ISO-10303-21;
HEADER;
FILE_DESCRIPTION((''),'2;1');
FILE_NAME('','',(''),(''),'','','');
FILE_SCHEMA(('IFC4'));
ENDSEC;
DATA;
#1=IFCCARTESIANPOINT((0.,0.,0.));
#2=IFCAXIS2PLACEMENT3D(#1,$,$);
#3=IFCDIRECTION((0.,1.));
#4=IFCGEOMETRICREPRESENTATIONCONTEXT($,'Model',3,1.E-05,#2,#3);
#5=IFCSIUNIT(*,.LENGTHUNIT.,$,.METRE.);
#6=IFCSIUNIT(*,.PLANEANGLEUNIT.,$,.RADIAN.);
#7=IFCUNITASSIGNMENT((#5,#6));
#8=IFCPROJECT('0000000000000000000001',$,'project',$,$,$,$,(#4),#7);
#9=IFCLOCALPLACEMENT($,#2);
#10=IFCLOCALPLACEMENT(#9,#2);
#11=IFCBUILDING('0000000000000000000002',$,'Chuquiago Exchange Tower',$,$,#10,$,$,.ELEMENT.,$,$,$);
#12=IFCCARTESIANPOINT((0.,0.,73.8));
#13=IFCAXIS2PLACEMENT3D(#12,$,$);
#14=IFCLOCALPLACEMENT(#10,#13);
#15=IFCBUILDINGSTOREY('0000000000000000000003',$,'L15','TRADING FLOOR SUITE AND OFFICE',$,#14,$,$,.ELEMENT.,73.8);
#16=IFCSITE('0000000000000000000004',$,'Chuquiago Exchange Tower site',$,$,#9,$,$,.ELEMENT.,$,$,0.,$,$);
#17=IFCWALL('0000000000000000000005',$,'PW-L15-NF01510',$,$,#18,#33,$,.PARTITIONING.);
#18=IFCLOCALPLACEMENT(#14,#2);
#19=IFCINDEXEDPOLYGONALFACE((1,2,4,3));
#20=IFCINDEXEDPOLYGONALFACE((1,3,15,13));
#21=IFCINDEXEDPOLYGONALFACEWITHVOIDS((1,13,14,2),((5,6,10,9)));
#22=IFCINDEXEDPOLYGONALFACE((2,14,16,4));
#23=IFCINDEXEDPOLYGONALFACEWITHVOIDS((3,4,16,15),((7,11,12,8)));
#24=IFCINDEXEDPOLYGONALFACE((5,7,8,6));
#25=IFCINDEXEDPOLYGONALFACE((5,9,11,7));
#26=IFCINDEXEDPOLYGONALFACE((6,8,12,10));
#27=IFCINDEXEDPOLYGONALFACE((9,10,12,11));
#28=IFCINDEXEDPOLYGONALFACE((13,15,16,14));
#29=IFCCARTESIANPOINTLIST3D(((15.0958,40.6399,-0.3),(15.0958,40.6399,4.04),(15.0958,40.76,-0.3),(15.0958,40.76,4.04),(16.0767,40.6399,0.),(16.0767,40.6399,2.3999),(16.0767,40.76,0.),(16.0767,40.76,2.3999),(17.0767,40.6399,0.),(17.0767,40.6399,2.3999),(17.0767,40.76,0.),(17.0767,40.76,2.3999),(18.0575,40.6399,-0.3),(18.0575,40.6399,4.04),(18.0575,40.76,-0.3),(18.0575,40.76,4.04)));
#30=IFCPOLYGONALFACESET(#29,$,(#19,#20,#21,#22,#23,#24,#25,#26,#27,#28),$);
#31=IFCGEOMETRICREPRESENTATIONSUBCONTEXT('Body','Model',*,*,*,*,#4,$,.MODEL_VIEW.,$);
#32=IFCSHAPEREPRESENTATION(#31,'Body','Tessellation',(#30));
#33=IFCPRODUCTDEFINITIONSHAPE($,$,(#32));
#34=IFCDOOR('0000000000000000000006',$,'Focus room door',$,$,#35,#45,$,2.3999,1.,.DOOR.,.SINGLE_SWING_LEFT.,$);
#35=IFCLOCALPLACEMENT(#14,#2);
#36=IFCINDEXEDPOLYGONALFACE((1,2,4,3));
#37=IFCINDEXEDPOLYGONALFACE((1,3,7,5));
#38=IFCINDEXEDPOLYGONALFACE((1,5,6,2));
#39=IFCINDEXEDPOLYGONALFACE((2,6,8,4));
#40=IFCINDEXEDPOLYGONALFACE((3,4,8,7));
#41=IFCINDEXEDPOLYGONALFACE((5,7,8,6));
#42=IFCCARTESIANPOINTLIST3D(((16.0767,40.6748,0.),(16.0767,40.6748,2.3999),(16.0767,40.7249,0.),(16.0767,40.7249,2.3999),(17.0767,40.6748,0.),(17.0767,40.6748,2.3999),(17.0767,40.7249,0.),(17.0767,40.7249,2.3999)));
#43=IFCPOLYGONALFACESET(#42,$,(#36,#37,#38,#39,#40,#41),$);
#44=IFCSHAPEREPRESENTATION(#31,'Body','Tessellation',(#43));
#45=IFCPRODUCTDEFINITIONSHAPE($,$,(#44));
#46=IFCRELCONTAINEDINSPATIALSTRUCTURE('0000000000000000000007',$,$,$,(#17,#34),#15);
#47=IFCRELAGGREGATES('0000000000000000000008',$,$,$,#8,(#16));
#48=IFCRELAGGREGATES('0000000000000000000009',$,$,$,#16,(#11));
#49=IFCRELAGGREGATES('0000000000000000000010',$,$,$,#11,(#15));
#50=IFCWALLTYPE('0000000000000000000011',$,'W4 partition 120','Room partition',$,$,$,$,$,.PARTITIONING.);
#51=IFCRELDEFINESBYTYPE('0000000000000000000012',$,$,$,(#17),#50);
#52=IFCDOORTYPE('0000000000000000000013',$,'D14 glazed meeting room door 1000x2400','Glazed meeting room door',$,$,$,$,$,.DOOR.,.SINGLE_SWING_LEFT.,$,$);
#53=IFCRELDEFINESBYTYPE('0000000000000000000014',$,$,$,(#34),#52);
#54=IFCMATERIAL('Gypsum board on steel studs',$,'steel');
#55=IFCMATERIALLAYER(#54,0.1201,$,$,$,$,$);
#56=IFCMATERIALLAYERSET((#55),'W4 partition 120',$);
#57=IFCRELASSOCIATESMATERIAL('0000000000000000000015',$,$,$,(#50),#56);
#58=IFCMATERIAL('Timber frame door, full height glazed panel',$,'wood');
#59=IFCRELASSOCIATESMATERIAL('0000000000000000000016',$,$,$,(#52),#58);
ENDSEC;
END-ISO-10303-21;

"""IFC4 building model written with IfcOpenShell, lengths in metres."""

from ifc_helpers import new_model, si_unit, direction, frame, frame_2d, origin, place, context, subcontext, project, spatial, rectangle, extrude, material, layer, layer_set, type_object, element, fill, save


model = new_model("IFC4")

# Units and contexts
model_context = context("Model", 3, precision=1e-05, world=origin(), true_north=direction((0.0, 1.0)))
body_context = subcontext(model_context, "Body", "Model", "MODEL_VIEW")
ifc_project = project(units=[si_unit("LENGTHUNIT", "METRE"), si_unit("PLANEANGLEUNIT", "RADIAN")], contexts=[model_context])

# Site, building, storey
site_placement = place(None, origin())
site = spatial("IfcSite", under=ifc_project, at=site_placement, Name="Chuquiago Exchange Tower site", CompositionType="ELEMENT", RefElevation=0.0)
building_placement = place(site_placement, origin())
building = spatial("IfcBuilding", under=site, at=building_placement, Name="Chuquiago Exchange Tower", CompositionType="ELEMENT")
storey_placement = place(building_placement, frame((0.0, 0.0, 73.8)))
storey = spatial("IfcBuildingStorey", under=building, at=storey_placement, Name="L15", Description="TRADING FLOOR SUITE AND OFFICE", CompositionType="ELEMENT", Elevation=73.8)

# Shared definitions
ifc_material_1 = material(Name="Gypsum board on steel studs", Category="steel")
ifc_layer_1 = layer(ifc_material_1, 0.1201)
ifc_layer_set_1 = layer_set([ifc_layer_1], Name="W4 partition 120")
wall_type_1 = type_object("IfcWallType", Name="W4 partition 120", Description="Room partition", PredefinedType="PARTITIONING", material=ifc_layer_set_1)

# Wall, opening, door
wall_1_placement = place(storey_placement, frame((15.0957, 40.7, -0.3), z_axis=(0.0, 0.0, 1.0), x_axis=(1.0, 0.0, 0.0)))
wall_1 = element("IfcWall", 1, at=wall_1_placement, inside=storey, type_object=wall_type_1, Name="PW-L15-NF01510", PredefinedType="PARTITIONING", context=body_context, shape_type="SweptSolid", body=[
    extrude(rectangle(XDim=2.9617, YDim=0.1201, at=frame_2d((1.481, 0.0))), origin(), (0.0, 0.0, 1.0), 4.3401),
])
opening_1_placement = place(wall_1_placement, frame((0.981, 0.0, 0.3)))
opening_1 = element("IfcOpeningElement", 2, at=opening_1_placement, cuts=wall_1, PredefinedType="OPENING", context=body_context, shape_type="SweptSolid", body=[
    extrude(rectangle(XDim=1.0, YDim=2.3999, at=frame_2d((0.5, 1.2))), frame((0.0, 0.0701, 0.0), z_axis=(0.0, -1.0, 0.0), x_axis=(1.0, 0.0, 0.0)), (0.0, 0.0, 1.0), 0.1401),
])
ifc_material_2 = material(Name="Timber frame door, full height glazed panel", Category="wood")
door_type_1 = type_object("IfcDoorType", Name="D14 glazed meeting room door 1000x2400", Description="Glazed meeting room door", OperationType="SINGLE_SWING_LEFT", PredefinedType="DOOR", material=ifc_material_2)
door_1_placement = place(opening_1_placement, origin())
door_1 = element("IfcDoor", 3, at=door_1_placement, inside=storey, type_object=door_type_1, Name="Focus room door", OperationType="SINGLE_SWING_LEFT", OverallHeight=2.3999, OverallWidth=1.0, PredefinedType="DOOR", context=body_context, shape_type="SweptSolid", body=[
    extrude(rectangle(XDim=1.0, YDim=2.3999, at=frame_2d((0.5, 1.2))), frame((0.0, 0.0249, 0.0), z_axis=(0.0, -1.0, 0.0), x_axis=(1.0, 0.0, 0.0)), (0.0, 0.0, 1.0), 0.05),
])
fill(opening_1, door_1)

save(model, "model.ifc")
